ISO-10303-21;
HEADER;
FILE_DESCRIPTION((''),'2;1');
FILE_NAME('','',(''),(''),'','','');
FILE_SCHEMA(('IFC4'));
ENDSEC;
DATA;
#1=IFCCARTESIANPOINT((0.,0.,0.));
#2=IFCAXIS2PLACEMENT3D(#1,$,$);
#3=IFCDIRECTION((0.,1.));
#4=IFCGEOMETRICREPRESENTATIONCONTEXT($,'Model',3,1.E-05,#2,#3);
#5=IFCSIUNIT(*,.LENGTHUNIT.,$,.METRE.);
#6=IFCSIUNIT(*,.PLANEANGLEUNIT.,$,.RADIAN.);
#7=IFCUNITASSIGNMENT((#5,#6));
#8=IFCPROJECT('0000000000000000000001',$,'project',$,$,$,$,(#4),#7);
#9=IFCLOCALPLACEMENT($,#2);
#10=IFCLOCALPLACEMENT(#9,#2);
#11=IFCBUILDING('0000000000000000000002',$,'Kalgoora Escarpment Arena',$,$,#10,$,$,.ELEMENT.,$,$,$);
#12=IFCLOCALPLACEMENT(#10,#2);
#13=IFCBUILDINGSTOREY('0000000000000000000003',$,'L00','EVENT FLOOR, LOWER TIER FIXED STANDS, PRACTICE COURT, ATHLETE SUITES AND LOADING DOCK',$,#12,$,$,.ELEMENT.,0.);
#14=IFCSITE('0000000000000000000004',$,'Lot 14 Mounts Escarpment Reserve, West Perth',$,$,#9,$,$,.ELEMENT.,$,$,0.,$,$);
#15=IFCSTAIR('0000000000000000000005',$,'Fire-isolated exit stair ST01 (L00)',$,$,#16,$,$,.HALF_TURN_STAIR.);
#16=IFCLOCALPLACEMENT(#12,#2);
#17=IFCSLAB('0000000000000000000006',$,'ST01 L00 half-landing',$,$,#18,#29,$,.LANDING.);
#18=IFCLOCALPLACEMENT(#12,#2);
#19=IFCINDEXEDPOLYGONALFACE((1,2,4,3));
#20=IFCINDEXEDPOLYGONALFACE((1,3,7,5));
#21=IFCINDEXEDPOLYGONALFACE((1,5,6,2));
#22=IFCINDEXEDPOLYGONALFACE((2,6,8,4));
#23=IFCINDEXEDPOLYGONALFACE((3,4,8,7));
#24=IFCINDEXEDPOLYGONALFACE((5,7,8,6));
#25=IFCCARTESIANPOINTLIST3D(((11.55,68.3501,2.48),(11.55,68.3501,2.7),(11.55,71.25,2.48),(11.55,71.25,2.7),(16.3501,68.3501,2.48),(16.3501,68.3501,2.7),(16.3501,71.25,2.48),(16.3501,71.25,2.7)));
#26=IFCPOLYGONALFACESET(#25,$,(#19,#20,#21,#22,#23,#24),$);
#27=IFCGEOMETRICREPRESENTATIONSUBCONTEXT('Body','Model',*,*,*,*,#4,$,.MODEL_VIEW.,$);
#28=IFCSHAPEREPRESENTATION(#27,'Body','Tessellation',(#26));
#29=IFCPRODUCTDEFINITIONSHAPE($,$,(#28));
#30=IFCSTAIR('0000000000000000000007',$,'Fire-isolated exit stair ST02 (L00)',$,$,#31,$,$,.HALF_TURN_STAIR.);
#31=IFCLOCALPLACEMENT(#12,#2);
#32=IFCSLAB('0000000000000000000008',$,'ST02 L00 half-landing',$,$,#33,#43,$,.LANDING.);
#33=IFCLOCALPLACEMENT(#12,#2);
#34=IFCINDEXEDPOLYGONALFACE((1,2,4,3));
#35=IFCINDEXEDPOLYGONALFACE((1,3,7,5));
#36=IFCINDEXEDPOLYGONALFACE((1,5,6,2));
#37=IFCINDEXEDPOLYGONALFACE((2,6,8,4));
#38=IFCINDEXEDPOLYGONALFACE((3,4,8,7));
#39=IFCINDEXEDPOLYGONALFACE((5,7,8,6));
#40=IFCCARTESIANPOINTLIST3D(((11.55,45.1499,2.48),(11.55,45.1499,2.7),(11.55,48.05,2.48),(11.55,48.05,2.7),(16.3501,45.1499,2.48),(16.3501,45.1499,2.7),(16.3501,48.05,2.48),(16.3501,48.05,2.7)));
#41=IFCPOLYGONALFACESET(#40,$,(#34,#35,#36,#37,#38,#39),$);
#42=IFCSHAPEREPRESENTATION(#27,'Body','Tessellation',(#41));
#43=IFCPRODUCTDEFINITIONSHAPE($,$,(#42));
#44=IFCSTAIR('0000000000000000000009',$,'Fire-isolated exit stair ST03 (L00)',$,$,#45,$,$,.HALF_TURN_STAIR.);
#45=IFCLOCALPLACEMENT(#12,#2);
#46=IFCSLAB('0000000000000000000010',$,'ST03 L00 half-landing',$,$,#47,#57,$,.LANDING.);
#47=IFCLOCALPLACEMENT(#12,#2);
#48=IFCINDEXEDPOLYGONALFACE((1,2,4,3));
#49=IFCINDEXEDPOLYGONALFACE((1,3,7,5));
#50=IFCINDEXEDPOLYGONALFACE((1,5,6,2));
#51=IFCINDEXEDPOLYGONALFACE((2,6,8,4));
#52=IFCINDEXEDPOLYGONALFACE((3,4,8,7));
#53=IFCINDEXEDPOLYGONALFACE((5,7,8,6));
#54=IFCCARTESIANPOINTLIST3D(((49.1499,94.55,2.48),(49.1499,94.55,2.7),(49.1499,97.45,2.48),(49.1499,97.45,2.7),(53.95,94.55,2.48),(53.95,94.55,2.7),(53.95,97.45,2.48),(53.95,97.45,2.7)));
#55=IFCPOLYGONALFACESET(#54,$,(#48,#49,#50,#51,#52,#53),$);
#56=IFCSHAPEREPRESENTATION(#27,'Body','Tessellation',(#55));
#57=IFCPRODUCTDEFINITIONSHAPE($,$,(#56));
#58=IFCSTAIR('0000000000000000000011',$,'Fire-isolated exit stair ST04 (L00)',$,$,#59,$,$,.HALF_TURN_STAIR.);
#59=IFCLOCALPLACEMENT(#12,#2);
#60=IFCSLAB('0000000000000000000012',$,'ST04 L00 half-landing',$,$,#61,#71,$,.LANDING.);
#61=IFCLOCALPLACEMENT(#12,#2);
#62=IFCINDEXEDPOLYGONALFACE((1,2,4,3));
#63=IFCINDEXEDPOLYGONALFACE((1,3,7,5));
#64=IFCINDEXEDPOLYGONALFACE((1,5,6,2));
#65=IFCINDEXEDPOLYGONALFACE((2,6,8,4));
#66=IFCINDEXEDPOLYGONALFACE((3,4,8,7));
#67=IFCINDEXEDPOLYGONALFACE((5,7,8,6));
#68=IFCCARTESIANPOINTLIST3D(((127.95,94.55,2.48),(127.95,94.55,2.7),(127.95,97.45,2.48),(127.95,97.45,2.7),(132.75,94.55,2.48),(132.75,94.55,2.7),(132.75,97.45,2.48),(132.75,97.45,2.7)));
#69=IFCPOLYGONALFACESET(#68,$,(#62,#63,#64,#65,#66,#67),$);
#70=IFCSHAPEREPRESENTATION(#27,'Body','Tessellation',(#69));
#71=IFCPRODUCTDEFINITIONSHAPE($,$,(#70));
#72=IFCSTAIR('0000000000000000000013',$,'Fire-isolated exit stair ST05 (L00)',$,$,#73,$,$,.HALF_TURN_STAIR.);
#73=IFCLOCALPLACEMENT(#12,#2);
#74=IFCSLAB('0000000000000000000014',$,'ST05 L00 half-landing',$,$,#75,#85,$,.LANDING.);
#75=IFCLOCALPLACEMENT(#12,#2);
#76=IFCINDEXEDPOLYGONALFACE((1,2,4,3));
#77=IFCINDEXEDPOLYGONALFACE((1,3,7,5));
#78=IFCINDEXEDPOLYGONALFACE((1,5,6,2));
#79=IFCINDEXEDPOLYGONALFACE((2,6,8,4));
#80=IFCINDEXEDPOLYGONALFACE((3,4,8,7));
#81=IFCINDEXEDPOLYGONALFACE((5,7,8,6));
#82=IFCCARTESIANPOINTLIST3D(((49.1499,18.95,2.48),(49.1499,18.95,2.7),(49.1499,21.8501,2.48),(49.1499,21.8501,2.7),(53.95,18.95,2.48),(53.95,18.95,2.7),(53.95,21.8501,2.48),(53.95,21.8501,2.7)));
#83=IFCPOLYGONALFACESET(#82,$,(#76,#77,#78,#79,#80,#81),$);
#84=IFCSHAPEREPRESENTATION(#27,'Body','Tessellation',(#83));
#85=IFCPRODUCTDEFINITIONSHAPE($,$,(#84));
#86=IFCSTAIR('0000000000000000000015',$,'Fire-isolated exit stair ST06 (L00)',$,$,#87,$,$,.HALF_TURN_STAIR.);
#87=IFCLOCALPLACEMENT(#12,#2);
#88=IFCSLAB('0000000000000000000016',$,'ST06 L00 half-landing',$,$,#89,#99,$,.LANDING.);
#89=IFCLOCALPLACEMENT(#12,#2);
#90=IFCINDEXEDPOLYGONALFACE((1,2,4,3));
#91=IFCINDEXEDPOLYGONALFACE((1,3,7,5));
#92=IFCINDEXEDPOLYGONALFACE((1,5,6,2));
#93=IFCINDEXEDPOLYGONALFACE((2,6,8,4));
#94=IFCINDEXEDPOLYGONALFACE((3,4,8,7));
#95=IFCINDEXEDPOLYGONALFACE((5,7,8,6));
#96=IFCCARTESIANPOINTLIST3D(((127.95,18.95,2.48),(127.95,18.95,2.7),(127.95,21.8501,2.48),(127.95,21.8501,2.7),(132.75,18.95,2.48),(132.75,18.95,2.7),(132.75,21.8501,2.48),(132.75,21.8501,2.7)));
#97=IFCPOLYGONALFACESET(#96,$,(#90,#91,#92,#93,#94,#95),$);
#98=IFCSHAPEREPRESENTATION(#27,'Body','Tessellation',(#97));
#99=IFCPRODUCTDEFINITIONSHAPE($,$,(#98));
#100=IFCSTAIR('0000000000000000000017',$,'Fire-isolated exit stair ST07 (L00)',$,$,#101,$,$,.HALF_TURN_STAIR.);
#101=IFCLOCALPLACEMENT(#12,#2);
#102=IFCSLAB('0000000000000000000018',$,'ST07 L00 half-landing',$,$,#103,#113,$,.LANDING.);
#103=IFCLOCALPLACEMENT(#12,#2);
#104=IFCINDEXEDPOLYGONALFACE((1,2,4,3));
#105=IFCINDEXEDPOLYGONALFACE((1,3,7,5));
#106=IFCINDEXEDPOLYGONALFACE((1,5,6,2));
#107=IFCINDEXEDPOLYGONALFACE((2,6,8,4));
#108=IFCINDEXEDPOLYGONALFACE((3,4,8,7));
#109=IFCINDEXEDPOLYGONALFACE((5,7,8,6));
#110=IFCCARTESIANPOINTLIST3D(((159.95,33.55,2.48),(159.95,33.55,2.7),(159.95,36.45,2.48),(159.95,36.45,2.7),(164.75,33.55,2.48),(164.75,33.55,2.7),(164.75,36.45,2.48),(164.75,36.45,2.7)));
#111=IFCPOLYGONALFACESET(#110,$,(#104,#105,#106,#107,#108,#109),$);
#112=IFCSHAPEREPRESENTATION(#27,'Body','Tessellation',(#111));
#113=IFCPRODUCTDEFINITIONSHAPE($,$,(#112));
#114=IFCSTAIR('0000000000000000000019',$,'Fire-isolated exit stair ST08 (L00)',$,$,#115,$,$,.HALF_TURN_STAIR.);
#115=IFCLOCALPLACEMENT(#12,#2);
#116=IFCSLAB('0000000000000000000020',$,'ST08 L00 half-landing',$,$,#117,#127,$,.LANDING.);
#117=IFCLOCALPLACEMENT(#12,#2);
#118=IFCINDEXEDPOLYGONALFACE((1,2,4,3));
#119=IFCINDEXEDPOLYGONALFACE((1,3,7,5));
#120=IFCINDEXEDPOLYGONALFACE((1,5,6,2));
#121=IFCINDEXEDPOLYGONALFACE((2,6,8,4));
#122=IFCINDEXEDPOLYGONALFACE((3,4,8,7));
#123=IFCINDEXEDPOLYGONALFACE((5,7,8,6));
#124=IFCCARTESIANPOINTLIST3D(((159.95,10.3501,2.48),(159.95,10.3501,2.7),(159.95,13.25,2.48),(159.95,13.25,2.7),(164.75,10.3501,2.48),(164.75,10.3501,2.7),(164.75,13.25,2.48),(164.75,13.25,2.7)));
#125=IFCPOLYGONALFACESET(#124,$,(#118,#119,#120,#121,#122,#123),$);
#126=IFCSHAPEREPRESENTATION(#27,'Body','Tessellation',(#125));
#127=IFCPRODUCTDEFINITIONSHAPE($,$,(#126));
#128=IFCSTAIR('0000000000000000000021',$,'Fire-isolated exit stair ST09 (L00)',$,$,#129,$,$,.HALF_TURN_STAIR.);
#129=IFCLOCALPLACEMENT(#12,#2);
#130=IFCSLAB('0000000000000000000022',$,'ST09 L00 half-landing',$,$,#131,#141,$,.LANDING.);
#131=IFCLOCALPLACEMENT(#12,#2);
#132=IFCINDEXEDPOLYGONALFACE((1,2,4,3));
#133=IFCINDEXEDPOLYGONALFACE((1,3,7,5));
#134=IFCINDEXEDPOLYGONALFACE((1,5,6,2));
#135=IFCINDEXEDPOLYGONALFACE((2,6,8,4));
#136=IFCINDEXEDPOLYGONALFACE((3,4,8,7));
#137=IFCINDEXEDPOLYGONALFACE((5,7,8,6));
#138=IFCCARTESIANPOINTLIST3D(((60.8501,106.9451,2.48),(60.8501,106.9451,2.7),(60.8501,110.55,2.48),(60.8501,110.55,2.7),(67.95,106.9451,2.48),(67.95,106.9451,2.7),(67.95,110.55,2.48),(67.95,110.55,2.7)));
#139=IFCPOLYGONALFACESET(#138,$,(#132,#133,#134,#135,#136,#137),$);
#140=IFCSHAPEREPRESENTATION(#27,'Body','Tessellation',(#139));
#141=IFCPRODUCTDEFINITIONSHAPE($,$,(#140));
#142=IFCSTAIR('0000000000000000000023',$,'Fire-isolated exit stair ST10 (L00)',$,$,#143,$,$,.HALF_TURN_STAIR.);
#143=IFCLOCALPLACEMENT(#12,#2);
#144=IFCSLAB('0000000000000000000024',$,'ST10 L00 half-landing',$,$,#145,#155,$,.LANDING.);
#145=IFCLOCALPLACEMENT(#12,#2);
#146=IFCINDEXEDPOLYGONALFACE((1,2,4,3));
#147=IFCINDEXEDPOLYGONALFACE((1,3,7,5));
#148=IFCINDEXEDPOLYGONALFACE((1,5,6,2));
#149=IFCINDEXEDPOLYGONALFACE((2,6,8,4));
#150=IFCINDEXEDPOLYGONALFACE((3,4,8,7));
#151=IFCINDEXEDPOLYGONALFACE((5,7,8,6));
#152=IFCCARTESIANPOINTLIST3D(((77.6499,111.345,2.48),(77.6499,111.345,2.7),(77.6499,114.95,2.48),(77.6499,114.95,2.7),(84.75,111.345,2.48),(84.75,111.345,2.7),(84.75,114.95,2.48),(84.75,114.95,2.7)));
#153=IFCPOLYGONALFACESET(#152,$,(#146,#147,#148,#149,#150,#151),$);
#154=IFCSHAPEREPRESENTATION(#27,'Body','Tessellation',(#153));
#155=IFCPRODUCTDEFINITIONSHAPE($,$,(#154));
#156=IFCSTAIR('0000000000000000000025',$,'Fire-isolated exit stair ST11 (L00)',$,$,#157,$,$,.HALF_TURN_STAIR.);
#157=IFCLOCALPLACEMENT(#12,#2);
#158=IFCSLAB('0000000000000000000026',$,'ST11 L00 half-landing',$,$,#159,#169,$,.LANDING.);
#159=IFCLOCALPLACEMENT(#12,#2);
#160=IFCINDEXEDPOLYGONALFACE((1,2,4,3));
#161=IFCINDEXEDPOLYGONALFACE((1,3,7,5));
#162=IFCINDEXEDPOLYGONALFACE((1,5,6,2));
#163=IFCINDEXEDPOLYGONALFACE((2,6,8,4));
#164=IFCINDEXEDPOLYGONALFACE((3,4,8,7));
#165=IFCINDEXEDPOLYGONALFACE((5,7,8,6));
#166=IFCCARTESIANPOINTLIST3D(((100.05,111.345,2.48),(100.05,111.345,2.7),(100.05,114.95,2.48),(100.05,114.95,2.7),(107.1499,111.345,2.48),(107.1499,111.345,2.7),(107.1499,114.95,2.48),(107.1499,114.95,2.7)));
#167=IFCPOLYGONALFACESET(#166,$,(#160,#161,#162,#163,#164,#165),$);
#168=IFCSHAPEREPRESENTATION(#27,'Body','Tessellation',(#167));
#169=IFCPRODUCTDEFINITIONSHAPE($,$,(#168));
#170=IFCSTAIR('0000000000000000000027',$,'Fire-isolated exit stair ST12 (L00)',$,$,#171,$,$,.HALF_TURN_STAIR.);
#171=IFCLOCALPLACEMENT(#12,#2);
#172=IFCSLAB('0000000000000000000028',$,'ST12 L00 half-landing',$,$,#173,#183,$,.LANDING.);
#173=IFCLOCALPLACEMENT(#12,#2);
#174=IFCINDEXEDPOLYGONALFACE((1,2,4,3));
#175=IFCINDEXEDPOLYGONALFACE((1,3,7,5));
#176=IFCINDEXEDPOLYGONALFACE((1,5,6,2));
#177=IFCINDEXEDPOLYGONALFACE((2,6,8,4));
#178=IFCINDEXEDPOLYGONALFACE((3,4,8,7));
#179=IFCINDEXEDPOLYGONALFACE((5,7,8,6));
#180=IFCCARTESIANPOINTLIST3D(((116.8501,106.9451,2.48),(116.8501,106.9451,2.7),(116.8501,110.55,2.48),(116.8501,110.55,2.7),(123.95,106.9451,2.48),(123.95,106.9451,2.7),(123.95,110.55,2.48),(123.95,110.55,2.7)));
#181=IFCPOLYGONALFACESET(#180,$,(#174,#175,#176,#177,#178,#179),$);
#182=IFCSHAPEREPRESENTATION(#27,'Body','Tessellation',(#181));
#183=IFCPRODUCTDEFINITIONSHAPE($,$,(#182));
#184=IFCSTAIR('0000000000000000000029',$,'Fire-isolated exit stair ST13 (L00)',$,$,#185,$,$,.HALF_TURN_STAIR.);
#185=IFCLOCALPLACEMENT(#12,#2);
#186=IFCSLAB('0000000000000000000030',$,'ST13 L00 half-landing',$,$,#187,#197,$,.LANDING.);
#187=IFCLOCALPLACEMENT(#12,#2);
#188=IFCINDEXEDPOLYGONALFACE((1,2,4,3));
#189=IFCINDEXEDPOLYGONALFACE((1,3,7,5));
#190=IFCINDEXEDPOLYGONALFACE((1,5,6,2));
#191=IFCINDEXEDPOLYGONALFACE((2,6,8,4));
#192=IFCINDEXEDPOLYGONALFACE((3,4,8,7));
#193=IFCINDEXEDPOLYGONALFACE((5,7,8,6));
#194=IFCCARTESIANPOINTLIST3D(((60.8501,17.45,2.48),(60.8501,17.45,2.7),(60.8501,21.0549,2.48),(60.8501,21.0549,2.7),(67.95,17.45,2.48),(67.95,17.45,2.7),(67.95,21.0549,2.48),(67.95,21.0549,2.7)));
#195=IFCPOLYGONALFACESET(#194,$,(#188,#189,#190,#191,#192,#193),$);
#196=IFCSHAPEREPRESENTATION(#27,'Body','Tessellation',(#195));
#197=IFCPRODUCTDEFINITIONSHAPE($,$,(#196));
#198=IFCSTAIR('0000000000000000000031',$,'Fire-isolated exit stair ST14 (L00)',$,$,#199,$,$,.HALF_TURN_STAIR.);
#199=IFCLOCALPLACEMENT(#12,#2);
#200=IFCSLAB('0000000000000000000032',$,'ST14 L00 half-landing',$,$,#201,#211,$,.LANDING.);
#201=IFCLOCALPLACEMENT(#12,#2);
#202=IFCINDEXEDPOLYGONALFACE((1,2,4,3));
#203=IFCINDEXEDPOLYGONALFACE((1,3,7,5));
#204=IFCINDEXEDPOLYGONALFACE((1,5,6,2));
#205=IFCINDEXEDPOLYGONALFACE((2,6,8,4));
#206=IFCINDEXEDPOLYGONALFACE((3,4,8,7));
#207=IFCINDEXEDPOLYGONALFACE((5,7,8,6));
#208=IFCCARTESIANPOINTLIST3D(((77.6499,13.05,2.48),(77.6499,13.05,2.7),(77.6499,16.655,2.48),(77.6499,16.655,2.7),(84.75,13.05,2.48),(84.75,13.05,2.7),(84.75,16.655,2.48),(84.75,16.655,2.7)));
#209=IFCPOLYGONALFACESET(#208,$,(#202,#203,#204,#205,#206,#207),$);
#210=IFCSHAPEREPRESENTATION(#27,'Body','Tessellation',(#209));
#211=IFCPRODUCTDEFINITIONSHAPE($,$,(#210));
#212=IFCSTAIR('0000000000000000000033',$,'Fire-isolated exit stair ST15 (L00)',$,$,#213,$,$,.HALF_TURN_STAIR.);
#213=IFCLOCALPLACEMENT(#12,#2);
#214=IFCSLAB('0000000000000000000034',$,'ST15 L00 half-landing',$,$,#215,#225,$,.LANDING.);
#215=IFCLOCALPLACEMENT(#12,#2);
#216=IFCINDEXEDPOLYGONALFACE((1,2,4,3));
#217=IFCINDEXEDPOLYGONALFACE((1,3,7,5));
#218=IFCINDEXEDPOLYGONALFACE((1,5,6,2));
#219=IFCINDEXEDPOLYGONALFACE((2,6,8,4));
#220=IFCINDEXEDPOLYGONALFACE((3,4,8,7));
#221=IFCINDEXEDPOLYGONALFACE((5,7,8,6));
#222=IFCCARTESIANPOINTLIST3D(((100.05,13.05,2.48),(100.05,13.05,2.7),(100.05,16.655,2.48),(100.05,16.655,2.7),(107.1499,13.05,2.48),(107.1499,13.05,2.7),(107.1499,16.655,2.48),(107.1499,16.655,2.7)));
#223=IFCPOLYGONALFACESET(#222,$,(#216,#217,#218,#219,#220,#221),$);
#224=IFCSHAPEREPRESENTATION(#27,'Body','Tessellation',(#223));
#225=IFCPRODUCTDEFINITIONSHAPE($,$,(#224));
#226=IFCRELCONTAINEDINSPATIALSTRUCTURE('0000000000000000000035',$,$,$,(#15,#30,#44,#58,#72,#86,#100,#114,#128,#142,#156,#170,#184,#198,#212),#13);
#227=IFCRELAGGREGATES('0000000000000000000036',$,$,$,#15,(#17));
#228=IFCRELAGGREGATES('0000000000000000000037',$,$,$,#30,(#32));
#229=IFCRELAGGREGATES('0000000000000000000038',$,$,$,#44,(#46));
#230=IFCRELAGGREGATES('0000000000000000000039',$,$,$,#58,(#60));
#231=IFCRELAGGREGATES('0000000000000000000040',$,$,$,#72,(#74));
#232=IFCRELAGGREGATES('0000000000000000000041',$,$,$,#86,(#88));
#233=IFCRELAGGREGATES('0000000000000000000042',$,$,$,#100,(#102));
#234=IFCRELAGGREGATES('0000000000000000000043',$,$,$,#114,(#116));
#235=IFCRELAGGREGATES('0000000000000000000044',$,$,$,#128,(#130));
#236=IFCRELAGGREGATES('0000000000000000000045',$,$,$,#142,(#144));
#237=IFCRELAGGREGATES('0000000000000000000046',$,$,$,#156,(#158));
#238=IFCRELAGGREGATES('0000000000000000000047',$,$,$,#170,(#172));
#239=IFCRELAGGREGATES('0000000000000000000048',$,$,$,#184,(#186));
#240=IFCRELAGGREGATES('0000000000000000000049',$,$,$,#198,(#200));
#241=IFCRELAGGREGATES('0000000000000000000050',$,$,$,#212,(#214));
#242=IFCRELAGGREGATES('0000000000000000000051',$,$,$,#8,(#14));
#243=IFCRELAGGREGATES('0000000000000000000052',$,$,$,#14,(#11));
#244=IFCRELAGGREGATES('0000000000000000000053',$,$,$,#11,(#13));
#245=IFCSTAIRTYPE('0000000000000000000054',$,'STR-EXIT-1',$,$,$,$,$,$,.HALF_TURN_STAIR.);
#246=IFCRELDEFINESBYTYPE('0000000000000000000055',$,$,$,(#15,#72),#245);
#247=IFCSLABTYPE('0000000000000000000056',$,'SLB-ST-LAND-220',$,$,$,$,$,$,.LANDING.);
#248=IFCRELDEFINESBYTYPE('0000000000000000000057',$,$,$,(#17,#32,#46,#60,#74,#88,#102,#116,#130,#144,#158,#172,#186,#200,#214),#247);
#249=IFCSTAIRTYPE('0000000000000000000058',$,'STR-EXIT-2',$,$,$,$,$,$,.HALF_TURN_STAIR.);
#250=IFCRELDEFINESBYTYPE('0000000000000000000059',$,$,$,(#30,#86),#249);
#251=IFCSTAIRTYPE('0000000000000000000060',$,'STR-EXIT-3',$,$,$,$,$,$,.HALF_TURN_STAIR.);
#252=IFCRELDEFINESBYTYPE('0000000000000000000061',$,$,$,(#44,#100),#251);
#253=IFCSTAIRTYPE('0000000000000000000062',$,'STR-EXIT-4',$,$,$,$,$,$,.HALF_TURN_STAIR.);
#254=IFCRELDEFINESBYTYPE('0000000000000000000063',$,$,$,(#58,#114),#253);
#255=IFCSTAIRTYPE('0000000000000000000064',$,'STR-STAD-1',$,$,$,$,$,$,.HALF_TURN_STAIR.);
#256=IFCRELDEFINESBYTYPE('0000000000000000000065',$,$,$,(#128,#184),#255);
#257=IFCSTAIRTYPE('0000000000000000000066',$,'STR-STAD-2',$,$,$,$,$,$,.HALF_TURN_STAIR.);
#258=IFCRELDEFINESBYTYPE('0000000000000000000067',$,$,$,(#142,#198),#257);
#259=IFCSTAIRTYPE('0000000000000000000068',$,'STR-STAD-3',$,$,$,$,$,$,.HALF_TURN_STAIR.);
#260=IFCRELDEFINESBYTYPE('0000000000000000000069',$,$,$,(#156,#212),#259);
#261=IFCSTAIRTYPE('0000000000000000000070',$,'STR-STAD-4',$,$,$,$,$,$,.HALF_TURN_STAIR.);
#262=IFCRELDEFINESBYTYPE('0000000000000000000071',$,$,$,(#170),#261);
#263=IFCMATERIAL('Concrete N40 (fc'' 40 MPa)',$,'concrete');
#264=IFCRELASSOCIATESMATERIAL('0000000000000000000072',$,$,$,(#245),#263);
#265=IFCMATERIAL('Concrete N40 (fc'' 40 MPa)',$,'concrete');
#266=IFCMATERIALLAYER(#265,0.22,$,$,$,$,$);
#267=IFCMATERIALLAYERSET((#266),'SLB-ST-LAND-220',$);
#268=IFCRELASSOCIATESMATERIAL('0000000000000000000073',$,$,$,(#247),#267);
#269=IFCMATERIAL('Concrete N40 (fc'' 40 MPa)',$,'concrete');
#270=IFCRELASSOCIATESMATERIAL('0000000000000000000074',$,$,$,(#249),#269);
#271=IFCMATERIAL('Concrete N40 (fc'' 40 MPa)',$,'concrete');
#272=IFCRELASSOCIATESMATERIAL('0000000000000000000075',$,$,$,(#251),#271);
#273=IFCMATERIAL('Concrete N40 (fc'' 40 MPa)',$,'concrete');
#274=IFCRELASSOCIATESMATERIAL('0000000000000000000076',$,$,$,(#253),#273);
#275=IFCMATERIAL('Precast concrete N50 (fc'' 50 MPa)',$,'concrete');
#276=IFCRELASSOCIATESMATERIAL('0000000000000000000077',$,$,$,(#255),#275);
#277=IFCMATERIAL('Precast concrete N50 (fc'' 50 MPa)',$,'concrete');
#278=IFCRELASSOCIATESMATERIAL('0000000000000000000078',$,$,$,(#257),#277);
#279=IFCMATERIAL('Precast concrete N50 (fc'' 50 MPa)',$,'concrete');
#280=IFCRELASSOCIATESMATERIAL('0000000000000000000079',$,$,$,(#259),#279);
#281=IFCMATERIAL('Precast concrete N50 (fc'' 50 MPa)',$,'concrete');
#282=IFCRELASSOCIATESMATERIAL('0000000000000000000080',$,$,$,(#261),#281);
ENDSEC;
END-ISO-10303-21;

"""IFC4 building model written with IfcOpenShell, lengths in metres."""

from ifc_helpers import new_model, si_unit, direction, frame, origin, place, context, subcontext, project, spatial, polyline, outline, extrude, material, layer, layer_set, type_object, element, aggregate, save


model = new_model("IFC4")

# Units and contexts
model_context = context("Model", 3, precision=1e-05, world=origin(), true_north=direction((0.0, 1.0)))
body_context = subcontext(model_context, "Body", "Model", "MODEL_VIEW")
ifc_project = project(units=[si_unit("LENGTHUNIT", "METRE"), si_unit("PLANEANGLEUNIT", "RADIAN")], contexts=[model_context])

# Site, building, storey
site_placement = place(None, origin())
site = spatial("IfcSite", under=ifc_project, at=site_placement, Name="Lot 14 Mounts Escarpment Reserve, West Perth", CompositionType="ELEMENT", RefElevation=0.0)
building_placement = place(site_placement, origin())
building = spatial("IfcBuilding", under=site, at=building_placement, Name="Kalgoora Escarpment Arena", CompositionType="ELEMENT")
storey_placement = place(building_placement, origin())
storey = spatial("IfcBuildingStorey", under=building, at=storey_placement, Name="L00", Description="EVENT FLOOR, LOWER TIER FIXED STANDS, PRACTICE COURT, ATHLETE SUITES AND LOADING DOCK", CompositionType="ELEMENT", Elevation=0.0)

# Stairs, slabs
ifc_material_1 = material(Name="Concrete N40 (fc' 40 MPa)", Category="concrete")
stair_type_1 = type_object("IfcStairType", Name="STR-EXIT-1", PredefinedType="HALF_TURN_STAIR", material=ifc_material_1)
stair_1_placement = place(storey_placement, origin())
stair_1 = element("IfcStair", 1, at=stair_1_placement, inside=storey, type_object=stair_type_1, Name="Fire-isolated exit stair ST01 (L00)", PredefinedType="HALF_TURN_STAIR")
ifc_material_2 = material(Name="Concrete N40 (fc' 40 MPa)", Category="concrete")
ifc_layer_1 = layer(ifc_material_2, 0.22)
ifc_layer_set_1 = layer_set([ifc_layer_1], Name="SLB-ST-LAND-220")
slab_type = type_object("IfcSlabType", Name="SLB-ST-LAND-220", PredefinedType="LANDING", material=ifc_layer_set_1)
slab_1_placement = place(storey_placement, frame((0.0, 0.0, 2.48)))
slab_1 = element("IfcSlab", 2, at=slab_1_placement, type_object=slab_type, Name="ST01 L00 half-landing", PredefinedType="LANDING", context=body_context, shape_type="SweptSolid", body=[
    extrude(outline(polyline([(16.3501, 71.25), (16.3501, 68.3501), (11.55, 68.3501), (11.55, 71.25), (16.3501, 71.25)])), origin(), (0.0, 0.0, 1.0), 0.22),
])
aggregate(stair_1, [slab_1])
ifc_material_3 = material(Name="Concrete N40 (fc' 40 MPa)", Category="concrete")
stair_type_2 = type_object("IfcStairType", Name="STR-EXIT-2", PredefinedType="HALF_TURN_STAIR", material=ifc_material_3)
stair_2_placement = place(storey_placement, origin())
stair_2 = element("IfcStair", 3, at=stair_2_placement, inside=storey, type_object=stair_type_2, Name="Fire-isolated exit stair ST02 (L00)", PredefinedType="HALF_TURN_STAIR")
slab_2_placement = place(storey_placement, frame((0.0, 0.0, 2.48)))
slab_2 = element("IfcSlab", 4, at=slab_2_placement, type_object=slab_type, Name="ST02 L00 half-landing", PredefinedType="LANDING", context=body_context, shape_type="SweptSolid", body=[
    extrude(outline(polyline([(16.3501, 48.05), (16.3501, 45.1499), (11.55, 45.1499), (11.55, 48.05), (16.3501, 48.05)])), origin(), (0.0, 0.0, 1.0), 0.22),
])
aggregate(stair_2, [slab_2])
ifc_material_4 = material(Name="Concrete N40 (fc' 40 MPa)", Category="concrete")
stair_type_3 = type_object("IfcStairType", Name="STR-EXIT-3", PredefinedType="HALF_TURN_STAIR", material=ifc_material_4)
stair_3_placement = place(storey_placement, origin())
stair_3 = element("IfcStair", 5, at=stair_3_placement, inside=storey, type_object=stair_type_3, Name="Fire-isolated exit stair ST03 (L00)", PredefinedType="HALF_TURN_STAIR")
slab_3_placement = place(storey_placement, frame((0.0, 0.0, 2.48)))
slab_3 = element("IfcSlab", 6, at=slab_3_placement, type_object=slab_type, Name="ST03 L00 half-landing", PredefinedType="LANDING", context=body_context, shape_type="SweptSolid", body=[
    extrude(outline(polyline([(53.95, 97.45), (53.95, 94.55), (49.1499, 94.55), (49.1499, 97.45), (53.95, 97.45)])), origin(), (0.0, 0.0, 1.0), 0.22),
])
aggregate(stair_3, [slab_3])
ifc_material_5 = material(Name="Concrete N40 (fc' 40 MPa)", Category="concrete")
stair_type_4 = type_object("IfcStairType", Name="STR-EXIT-4", PredefinedType="HALF_TURN_STAIR", material=ifc_material_5)
stair_4_placement = place(storey_placement, origin())
stair_4 = element("IfcStair", 7, at=stair_4_placement, inside=storey, type_object=stair_type_4, Name="Fire-isolated exit stair ST04 (L00)", PredefinedType="HALF_TURN_STAIR")
slab_4_placement = place(storey_placement, frame((0.0, 0.0, 2.48)))
slab_4 = element("IfcSlab", 8, at=slab_4_placement, type_object=slab_type, Name="ST04 L00 half-landing", PredefinedType="LANDING", context=body_context, shape_type="SweptSolid", body=[
    extrude(outline(polyline([(132.75, 97.45), (132.75, 94.55), (127.95, 94.55), (127.95, 97.45), (132.75, 97.45)])), origin(), (0.0, 0.0, 1.0), 0.22),
])
aggregate(stair_4, [slab_4])
stair_5_placement = place(storey_placement, origin())
stair_5 = element("IfcStair", 9, at=stair_5_placement, inside=storey, type_object=stair_type_1, Name="Fire-isolated exit stair ST05 (L00)", PredefinedType="HALF_TURN_STAIR")
slab_5_placement = place(storey_placement, frame((0.0, 0.0, 2.48)))
slab_5 = element("IfcSlab", 10, at=slab_5_placement, type_object=slab_type, Name="ST05 L00 half-landing", PredefinedType="LANDING", context=body_context, shape_type="SweptSolid", body=[
    extrude(outline(polyline([(53.95, 21.8501), (53.95, 18.95), (49.1499, 18.95), (49.1499, 21.8501), (53.95, 21.8501)])), origin(), (0.0, 0.0, 1.0), 0.22),
])
aggregate(stair_5, [slab_5])
stair_6_placement = place(storey_placement, origin())
stair_6 = element("IfcStair", 11, at=stair_6_placement, inside=storey, type_object=stair_type_2, Name="Fire-isolated exit stair ST06 (L00)", PredefinedType="HALF_TURN_STAIR")
slab_6_placement = place(storey_placement, frame((0.0, 0.0, 2.48)))
slab_6 = element("IfcSlab", 12, at=slab_6_placement, type_object=slab_type, Name="ST06 L00 half-landing", PredefinedType="LANDING", context=body_context, shape_type="SweptSolid", body=[
    extrude(outline(polyline([(132.75, 21.8501), (132.75, 18.95), (127.95, 18.95), (127.95, 21.8501), (132.75, 21.8501)])), origin(), (0.0, 0.0, 1.0), 0.22),
])
aggregate(stair_6, [slab_6])
stair_7_placement = place(storey_placement, origin())
stair_7 = element("IfcStair", 13, at=stair_7_placement, inside=storey, type_object=stair_type_3, Name="Fire-isolated exit stair ST07 (L00)", PredefinedType="HALF_TURN_STAIR")
slab_7_placement = place(storey_placement, frame((0.0, 0.0, 2.48)))
slab_7 = element("IfcSlab", 14, at=slab_7_placement, type_object=slab_type, Name="ST07 L00 half-landing", PredefinedType="LANDING", context=body_context, shape_type="SweptSolid", body=[
    extrude(outline(polyline([(164.75, 36.45), (164.75, 33.55), (159.95, 33.55), (159.95, 36.45), (164.75, 36.45)])), origin(), (0.0, 0.0, 1.0), 0.22),
])
aggregate(stair_7, [slab_7])
stair_8_placement = place(storey_placement, origin())
stair_8 = element("IfcStair", 15, at=stair_8_placement, inside=storey, type_object=stair_type_4, Name="Fire-isolated exit stair ST08 (L00)", PredefinedType="HALF_TURN_STAIR")
slab_8_placement = place(storey_placement, frame((0.0, 0.0, 2.48)))
slab_8 = element("IfcSlab", 16, at=slab_8_placement, type_object=slab_type, Name="ST08 L00 half-landing", PredefinedType="LANDING", context=body_context, shape_type="SweptSolid", body=[
    extrude(outline(polyline([(164.75, 13.25), (164.75, 10.3501), (159.95, 10.3501), (159.95, 13.25), (164.75, 13.25)])), origin(), (0.0, 0.0, 1.0), 0.22),
])
aggregate(stair_8, [slab_8])
ifc_material_6 = material(Name="Precast concrete N50 (fc' 50 MPa)", Category="concrete")
stair_type_5 = type_object("IfcStairType", Name="STR-STAD-1", PredefinedType="HALF_TURN_STAIR", material=ifc_material_6)
stair_9_placement = place(storey_placement, origin())
stair_9 = element("IfcStair", 17, at=stair_9_placement, inside=storey, type_object=stair_type_5, Name="Fire-isolated exit stair ST09 (L00)", PredefinedType="HALF_TURN_STAIR")
slab_9_placement = place(storey_placement, frame((0.0, 0.0, 2.48)))
slab_9 = element("IfcSlab", 18, at=slab_9_placement, type_object=slab_type, Name="ST09 L00 half-landing", PredefinedType="LANDING", context=body_context, shape_type="SweptSolid", body=[
    extrude(outline(polyline([(60.8501, 106.9451), (60.8501, 110.55), (67.95, 110.55), (67.95, 106.9451), (60.8501, 106.9451)])), origin(), (0.0, 0.0, 1.0), 0.22),
])
aggregate(stair_9, [slab_9])
ifc_material_7 = material(Name="Precast concrete N50 (fc' 50 MPa)", Category="concrete")
stair_type_6 = type_object("IfcStairType", Name="STR-STAD-2", PredefinedType="HALF_TURN_STAIR", material=ifc_material_7)
stair_10_placement = place(storey_placement, origin())
stair_10 = element("IfcStair", 19, at=stair_10_placement, inside=storey, type_object=stair_type_6, Name="Fire-isolated exit stair ST10 (L00)", PredefinedType="HALF_TURN_STAIR")
slab_10_placement = place(storey_placement, frame((0.0, 0.0, 2.48)))
slab_10 = element("IfcSlab", 20, at=slab_10_placement, type_object=slab_type, Name="ST10 L00 half-landing", PredefinedType="LANDING", context=body_context, shape_type="SweptSolid", body=[
    extrude(outline(polyline([(77.6499, 111.345), (77.6499, 114.95), (84.75, 114.95), (84.75, 111.345), (77.6499, 111.345)])), origin(), (0.0, 0.0, 1.0), 0.22),
])
aggregate(stair_10, [slab_10])
ifc_material_8 = material(Name="Precast concrete N50 (fc' 50 MPa)", Category="concrete")
stair_type_7 = type_object("IfcStairType", Name="STR-STAD-3", PredefinedType="HALF_TURN_STAIR", material=ifc_material_8)
stair_11_placement = place(storey_placement, origin())
stair_11 = element("IfcStair", 21, at=stair_11_placement, inside=storey, type_object=stair_type_7, Name="Fire-isolated exit stair ST11 (L00)", PredefinedType="HALF_TURN_STAIR")
slab_11_placement = place(storey_placement, frame((0.0, 0.0, 2.48)))
slab_11 = element("IfcSlab", 22, at=slab_11_placement, type_object=slab_type, Name="ST11 L00 half-landing", PredefinedType="LANDING", context=body_context, shape_type="SweptSolid", body=[
    extrude(outline(polyline([(100.05, 111.345), (100.05, 114.95), (107.1499, 114.95), (107.1499, 111.345), (100.05, 111.345)])), origin(), (0.0, 0.0, 1.0), 0.22),
])
aggregate(stair_11, [slab_11])
ifc_material_9 = material(Name="Precast concrete N50 (fc' 50 MPa)", Category="concrete")
stair_type_8 = type_object("IfcStairType", Name="STR-STAD-4", PredefinedType="HALF_TURN_STAIR", material=ifc_material_9)
stair_12_placement = place(storey_placement, origin())
stair_12 = element("IfcStair", 23, at=stair_12_placement, inside=storey, type_object=stair_type_8, Name="Fire-isolated exit stair ST12 (L00)", PredefinedType="HALF_TURN_STAIR")
slab_12_placement = place(storey_placement, frame((0.0, 0.0, 2.48)))
slab_12 = element("IfcSlab", 24, at=slab_12_placement, type_object=slab_type, Name="ST12 L00 half-landing", PredefinedType="LANDING", context=body_context, shape_type="SweptSolid", body=[
    extrude(outline(polyline([(116.8501, 106.9451), (116.8501, 110.55), (123.95, 110.55), (123.95, 106.9451), (116.8501, 106.9451)])), origin(), (0.0, 0.0, 1.0), 0.22),
])
aggregate(stair_12, [slab_12])
stair_13_placement = place(storey_placement, origin())
stair_13 = element("IfcStair", 25, at=stair_13_placement, inside=storey, type_object=stair_type_5, Name="Fire-isolated exit stair ST13 (L00)", PredefinedType="HALF_TURN_STAIR")
slab_13_placement = place(storey_placement, frame((0.0, 0.0, 2.48)))
slab_13 = element("IfcSlab", 26, at=slab_13_placement, type_object=slab_type, Name="ST13 L00 half-landing", PredefinedType="LANDING", context=body_context, shape_type="SweptSolid", body=[
    extrude(outline(polyline([(67.95, 21.0549), (67.95, 17.45), (60.8501, 17.45), (60.8501, 21.0549), (67.95, 21.0549)])), origin(), (0.0, 0.0, 1.0), 0.22),
])
aggregate(stair_13, [slab_13])
stair_14_placement = place(storey_placement, origin())
stair_14 = element("IfcStair", 27, at=stair_14_placement, inside=storey, type_object=stair_type_6, Name="Fire-isolated exit stair ST14 (L00)", PredefinedType="HALF_TURN_STAIR")
slab_14_placement = place(storey_placement, frame((0.0, 0.0, 2.48)))
slab_14 = element("IfcSlab", 28, at=slab_14_placement, type_object=slab_type, Name="ST14 L00 half-landing", PredefinedType="LANDING", context=body_context, shape_type="SweptSolid", body=[
    extrude(outline(polyline([(84.75, 16.655), (84.75, 13.05), (77.6499, 13.05), (77.6499, 16.655), (84.75, 16.655)])), origin(), (0.0, 0.0, 1.0), 0.22),
])
aggregate(stair_14, [slab_14])
stair_15_placement = place(storey_placement, origin())
stair_15 = element("IfcStair", 29, at=stair_15_placement, inside=storey, type_object=stair_type_7, Name="Fire-isolated exit stair ST15 (L00)", PredefinedType="HALF_TURN_STAIR")
slab_15_placement = place(storey_placement, frame((0.0, 0.0, 2.48)))
slab_15 = element("IfcSlab", 30, at=slab_15_placement, type_object=slab_type, Name="ST15 L00 half-landing", PredefinedType="LANDING", context=body_context, shape_type="SweptSolid", body=[
    extrude(outline(polyline([(107.1499, 16.655), (107.1499, 13.05), (100.05, 13.05), (100.05, 16.655), (107.1499, 16.655)])), origin(), (0.0, 0.0, 1.0), 0.22),
])
aggregate(stair_15, [slab_15])

save(model, "model.ifc")
